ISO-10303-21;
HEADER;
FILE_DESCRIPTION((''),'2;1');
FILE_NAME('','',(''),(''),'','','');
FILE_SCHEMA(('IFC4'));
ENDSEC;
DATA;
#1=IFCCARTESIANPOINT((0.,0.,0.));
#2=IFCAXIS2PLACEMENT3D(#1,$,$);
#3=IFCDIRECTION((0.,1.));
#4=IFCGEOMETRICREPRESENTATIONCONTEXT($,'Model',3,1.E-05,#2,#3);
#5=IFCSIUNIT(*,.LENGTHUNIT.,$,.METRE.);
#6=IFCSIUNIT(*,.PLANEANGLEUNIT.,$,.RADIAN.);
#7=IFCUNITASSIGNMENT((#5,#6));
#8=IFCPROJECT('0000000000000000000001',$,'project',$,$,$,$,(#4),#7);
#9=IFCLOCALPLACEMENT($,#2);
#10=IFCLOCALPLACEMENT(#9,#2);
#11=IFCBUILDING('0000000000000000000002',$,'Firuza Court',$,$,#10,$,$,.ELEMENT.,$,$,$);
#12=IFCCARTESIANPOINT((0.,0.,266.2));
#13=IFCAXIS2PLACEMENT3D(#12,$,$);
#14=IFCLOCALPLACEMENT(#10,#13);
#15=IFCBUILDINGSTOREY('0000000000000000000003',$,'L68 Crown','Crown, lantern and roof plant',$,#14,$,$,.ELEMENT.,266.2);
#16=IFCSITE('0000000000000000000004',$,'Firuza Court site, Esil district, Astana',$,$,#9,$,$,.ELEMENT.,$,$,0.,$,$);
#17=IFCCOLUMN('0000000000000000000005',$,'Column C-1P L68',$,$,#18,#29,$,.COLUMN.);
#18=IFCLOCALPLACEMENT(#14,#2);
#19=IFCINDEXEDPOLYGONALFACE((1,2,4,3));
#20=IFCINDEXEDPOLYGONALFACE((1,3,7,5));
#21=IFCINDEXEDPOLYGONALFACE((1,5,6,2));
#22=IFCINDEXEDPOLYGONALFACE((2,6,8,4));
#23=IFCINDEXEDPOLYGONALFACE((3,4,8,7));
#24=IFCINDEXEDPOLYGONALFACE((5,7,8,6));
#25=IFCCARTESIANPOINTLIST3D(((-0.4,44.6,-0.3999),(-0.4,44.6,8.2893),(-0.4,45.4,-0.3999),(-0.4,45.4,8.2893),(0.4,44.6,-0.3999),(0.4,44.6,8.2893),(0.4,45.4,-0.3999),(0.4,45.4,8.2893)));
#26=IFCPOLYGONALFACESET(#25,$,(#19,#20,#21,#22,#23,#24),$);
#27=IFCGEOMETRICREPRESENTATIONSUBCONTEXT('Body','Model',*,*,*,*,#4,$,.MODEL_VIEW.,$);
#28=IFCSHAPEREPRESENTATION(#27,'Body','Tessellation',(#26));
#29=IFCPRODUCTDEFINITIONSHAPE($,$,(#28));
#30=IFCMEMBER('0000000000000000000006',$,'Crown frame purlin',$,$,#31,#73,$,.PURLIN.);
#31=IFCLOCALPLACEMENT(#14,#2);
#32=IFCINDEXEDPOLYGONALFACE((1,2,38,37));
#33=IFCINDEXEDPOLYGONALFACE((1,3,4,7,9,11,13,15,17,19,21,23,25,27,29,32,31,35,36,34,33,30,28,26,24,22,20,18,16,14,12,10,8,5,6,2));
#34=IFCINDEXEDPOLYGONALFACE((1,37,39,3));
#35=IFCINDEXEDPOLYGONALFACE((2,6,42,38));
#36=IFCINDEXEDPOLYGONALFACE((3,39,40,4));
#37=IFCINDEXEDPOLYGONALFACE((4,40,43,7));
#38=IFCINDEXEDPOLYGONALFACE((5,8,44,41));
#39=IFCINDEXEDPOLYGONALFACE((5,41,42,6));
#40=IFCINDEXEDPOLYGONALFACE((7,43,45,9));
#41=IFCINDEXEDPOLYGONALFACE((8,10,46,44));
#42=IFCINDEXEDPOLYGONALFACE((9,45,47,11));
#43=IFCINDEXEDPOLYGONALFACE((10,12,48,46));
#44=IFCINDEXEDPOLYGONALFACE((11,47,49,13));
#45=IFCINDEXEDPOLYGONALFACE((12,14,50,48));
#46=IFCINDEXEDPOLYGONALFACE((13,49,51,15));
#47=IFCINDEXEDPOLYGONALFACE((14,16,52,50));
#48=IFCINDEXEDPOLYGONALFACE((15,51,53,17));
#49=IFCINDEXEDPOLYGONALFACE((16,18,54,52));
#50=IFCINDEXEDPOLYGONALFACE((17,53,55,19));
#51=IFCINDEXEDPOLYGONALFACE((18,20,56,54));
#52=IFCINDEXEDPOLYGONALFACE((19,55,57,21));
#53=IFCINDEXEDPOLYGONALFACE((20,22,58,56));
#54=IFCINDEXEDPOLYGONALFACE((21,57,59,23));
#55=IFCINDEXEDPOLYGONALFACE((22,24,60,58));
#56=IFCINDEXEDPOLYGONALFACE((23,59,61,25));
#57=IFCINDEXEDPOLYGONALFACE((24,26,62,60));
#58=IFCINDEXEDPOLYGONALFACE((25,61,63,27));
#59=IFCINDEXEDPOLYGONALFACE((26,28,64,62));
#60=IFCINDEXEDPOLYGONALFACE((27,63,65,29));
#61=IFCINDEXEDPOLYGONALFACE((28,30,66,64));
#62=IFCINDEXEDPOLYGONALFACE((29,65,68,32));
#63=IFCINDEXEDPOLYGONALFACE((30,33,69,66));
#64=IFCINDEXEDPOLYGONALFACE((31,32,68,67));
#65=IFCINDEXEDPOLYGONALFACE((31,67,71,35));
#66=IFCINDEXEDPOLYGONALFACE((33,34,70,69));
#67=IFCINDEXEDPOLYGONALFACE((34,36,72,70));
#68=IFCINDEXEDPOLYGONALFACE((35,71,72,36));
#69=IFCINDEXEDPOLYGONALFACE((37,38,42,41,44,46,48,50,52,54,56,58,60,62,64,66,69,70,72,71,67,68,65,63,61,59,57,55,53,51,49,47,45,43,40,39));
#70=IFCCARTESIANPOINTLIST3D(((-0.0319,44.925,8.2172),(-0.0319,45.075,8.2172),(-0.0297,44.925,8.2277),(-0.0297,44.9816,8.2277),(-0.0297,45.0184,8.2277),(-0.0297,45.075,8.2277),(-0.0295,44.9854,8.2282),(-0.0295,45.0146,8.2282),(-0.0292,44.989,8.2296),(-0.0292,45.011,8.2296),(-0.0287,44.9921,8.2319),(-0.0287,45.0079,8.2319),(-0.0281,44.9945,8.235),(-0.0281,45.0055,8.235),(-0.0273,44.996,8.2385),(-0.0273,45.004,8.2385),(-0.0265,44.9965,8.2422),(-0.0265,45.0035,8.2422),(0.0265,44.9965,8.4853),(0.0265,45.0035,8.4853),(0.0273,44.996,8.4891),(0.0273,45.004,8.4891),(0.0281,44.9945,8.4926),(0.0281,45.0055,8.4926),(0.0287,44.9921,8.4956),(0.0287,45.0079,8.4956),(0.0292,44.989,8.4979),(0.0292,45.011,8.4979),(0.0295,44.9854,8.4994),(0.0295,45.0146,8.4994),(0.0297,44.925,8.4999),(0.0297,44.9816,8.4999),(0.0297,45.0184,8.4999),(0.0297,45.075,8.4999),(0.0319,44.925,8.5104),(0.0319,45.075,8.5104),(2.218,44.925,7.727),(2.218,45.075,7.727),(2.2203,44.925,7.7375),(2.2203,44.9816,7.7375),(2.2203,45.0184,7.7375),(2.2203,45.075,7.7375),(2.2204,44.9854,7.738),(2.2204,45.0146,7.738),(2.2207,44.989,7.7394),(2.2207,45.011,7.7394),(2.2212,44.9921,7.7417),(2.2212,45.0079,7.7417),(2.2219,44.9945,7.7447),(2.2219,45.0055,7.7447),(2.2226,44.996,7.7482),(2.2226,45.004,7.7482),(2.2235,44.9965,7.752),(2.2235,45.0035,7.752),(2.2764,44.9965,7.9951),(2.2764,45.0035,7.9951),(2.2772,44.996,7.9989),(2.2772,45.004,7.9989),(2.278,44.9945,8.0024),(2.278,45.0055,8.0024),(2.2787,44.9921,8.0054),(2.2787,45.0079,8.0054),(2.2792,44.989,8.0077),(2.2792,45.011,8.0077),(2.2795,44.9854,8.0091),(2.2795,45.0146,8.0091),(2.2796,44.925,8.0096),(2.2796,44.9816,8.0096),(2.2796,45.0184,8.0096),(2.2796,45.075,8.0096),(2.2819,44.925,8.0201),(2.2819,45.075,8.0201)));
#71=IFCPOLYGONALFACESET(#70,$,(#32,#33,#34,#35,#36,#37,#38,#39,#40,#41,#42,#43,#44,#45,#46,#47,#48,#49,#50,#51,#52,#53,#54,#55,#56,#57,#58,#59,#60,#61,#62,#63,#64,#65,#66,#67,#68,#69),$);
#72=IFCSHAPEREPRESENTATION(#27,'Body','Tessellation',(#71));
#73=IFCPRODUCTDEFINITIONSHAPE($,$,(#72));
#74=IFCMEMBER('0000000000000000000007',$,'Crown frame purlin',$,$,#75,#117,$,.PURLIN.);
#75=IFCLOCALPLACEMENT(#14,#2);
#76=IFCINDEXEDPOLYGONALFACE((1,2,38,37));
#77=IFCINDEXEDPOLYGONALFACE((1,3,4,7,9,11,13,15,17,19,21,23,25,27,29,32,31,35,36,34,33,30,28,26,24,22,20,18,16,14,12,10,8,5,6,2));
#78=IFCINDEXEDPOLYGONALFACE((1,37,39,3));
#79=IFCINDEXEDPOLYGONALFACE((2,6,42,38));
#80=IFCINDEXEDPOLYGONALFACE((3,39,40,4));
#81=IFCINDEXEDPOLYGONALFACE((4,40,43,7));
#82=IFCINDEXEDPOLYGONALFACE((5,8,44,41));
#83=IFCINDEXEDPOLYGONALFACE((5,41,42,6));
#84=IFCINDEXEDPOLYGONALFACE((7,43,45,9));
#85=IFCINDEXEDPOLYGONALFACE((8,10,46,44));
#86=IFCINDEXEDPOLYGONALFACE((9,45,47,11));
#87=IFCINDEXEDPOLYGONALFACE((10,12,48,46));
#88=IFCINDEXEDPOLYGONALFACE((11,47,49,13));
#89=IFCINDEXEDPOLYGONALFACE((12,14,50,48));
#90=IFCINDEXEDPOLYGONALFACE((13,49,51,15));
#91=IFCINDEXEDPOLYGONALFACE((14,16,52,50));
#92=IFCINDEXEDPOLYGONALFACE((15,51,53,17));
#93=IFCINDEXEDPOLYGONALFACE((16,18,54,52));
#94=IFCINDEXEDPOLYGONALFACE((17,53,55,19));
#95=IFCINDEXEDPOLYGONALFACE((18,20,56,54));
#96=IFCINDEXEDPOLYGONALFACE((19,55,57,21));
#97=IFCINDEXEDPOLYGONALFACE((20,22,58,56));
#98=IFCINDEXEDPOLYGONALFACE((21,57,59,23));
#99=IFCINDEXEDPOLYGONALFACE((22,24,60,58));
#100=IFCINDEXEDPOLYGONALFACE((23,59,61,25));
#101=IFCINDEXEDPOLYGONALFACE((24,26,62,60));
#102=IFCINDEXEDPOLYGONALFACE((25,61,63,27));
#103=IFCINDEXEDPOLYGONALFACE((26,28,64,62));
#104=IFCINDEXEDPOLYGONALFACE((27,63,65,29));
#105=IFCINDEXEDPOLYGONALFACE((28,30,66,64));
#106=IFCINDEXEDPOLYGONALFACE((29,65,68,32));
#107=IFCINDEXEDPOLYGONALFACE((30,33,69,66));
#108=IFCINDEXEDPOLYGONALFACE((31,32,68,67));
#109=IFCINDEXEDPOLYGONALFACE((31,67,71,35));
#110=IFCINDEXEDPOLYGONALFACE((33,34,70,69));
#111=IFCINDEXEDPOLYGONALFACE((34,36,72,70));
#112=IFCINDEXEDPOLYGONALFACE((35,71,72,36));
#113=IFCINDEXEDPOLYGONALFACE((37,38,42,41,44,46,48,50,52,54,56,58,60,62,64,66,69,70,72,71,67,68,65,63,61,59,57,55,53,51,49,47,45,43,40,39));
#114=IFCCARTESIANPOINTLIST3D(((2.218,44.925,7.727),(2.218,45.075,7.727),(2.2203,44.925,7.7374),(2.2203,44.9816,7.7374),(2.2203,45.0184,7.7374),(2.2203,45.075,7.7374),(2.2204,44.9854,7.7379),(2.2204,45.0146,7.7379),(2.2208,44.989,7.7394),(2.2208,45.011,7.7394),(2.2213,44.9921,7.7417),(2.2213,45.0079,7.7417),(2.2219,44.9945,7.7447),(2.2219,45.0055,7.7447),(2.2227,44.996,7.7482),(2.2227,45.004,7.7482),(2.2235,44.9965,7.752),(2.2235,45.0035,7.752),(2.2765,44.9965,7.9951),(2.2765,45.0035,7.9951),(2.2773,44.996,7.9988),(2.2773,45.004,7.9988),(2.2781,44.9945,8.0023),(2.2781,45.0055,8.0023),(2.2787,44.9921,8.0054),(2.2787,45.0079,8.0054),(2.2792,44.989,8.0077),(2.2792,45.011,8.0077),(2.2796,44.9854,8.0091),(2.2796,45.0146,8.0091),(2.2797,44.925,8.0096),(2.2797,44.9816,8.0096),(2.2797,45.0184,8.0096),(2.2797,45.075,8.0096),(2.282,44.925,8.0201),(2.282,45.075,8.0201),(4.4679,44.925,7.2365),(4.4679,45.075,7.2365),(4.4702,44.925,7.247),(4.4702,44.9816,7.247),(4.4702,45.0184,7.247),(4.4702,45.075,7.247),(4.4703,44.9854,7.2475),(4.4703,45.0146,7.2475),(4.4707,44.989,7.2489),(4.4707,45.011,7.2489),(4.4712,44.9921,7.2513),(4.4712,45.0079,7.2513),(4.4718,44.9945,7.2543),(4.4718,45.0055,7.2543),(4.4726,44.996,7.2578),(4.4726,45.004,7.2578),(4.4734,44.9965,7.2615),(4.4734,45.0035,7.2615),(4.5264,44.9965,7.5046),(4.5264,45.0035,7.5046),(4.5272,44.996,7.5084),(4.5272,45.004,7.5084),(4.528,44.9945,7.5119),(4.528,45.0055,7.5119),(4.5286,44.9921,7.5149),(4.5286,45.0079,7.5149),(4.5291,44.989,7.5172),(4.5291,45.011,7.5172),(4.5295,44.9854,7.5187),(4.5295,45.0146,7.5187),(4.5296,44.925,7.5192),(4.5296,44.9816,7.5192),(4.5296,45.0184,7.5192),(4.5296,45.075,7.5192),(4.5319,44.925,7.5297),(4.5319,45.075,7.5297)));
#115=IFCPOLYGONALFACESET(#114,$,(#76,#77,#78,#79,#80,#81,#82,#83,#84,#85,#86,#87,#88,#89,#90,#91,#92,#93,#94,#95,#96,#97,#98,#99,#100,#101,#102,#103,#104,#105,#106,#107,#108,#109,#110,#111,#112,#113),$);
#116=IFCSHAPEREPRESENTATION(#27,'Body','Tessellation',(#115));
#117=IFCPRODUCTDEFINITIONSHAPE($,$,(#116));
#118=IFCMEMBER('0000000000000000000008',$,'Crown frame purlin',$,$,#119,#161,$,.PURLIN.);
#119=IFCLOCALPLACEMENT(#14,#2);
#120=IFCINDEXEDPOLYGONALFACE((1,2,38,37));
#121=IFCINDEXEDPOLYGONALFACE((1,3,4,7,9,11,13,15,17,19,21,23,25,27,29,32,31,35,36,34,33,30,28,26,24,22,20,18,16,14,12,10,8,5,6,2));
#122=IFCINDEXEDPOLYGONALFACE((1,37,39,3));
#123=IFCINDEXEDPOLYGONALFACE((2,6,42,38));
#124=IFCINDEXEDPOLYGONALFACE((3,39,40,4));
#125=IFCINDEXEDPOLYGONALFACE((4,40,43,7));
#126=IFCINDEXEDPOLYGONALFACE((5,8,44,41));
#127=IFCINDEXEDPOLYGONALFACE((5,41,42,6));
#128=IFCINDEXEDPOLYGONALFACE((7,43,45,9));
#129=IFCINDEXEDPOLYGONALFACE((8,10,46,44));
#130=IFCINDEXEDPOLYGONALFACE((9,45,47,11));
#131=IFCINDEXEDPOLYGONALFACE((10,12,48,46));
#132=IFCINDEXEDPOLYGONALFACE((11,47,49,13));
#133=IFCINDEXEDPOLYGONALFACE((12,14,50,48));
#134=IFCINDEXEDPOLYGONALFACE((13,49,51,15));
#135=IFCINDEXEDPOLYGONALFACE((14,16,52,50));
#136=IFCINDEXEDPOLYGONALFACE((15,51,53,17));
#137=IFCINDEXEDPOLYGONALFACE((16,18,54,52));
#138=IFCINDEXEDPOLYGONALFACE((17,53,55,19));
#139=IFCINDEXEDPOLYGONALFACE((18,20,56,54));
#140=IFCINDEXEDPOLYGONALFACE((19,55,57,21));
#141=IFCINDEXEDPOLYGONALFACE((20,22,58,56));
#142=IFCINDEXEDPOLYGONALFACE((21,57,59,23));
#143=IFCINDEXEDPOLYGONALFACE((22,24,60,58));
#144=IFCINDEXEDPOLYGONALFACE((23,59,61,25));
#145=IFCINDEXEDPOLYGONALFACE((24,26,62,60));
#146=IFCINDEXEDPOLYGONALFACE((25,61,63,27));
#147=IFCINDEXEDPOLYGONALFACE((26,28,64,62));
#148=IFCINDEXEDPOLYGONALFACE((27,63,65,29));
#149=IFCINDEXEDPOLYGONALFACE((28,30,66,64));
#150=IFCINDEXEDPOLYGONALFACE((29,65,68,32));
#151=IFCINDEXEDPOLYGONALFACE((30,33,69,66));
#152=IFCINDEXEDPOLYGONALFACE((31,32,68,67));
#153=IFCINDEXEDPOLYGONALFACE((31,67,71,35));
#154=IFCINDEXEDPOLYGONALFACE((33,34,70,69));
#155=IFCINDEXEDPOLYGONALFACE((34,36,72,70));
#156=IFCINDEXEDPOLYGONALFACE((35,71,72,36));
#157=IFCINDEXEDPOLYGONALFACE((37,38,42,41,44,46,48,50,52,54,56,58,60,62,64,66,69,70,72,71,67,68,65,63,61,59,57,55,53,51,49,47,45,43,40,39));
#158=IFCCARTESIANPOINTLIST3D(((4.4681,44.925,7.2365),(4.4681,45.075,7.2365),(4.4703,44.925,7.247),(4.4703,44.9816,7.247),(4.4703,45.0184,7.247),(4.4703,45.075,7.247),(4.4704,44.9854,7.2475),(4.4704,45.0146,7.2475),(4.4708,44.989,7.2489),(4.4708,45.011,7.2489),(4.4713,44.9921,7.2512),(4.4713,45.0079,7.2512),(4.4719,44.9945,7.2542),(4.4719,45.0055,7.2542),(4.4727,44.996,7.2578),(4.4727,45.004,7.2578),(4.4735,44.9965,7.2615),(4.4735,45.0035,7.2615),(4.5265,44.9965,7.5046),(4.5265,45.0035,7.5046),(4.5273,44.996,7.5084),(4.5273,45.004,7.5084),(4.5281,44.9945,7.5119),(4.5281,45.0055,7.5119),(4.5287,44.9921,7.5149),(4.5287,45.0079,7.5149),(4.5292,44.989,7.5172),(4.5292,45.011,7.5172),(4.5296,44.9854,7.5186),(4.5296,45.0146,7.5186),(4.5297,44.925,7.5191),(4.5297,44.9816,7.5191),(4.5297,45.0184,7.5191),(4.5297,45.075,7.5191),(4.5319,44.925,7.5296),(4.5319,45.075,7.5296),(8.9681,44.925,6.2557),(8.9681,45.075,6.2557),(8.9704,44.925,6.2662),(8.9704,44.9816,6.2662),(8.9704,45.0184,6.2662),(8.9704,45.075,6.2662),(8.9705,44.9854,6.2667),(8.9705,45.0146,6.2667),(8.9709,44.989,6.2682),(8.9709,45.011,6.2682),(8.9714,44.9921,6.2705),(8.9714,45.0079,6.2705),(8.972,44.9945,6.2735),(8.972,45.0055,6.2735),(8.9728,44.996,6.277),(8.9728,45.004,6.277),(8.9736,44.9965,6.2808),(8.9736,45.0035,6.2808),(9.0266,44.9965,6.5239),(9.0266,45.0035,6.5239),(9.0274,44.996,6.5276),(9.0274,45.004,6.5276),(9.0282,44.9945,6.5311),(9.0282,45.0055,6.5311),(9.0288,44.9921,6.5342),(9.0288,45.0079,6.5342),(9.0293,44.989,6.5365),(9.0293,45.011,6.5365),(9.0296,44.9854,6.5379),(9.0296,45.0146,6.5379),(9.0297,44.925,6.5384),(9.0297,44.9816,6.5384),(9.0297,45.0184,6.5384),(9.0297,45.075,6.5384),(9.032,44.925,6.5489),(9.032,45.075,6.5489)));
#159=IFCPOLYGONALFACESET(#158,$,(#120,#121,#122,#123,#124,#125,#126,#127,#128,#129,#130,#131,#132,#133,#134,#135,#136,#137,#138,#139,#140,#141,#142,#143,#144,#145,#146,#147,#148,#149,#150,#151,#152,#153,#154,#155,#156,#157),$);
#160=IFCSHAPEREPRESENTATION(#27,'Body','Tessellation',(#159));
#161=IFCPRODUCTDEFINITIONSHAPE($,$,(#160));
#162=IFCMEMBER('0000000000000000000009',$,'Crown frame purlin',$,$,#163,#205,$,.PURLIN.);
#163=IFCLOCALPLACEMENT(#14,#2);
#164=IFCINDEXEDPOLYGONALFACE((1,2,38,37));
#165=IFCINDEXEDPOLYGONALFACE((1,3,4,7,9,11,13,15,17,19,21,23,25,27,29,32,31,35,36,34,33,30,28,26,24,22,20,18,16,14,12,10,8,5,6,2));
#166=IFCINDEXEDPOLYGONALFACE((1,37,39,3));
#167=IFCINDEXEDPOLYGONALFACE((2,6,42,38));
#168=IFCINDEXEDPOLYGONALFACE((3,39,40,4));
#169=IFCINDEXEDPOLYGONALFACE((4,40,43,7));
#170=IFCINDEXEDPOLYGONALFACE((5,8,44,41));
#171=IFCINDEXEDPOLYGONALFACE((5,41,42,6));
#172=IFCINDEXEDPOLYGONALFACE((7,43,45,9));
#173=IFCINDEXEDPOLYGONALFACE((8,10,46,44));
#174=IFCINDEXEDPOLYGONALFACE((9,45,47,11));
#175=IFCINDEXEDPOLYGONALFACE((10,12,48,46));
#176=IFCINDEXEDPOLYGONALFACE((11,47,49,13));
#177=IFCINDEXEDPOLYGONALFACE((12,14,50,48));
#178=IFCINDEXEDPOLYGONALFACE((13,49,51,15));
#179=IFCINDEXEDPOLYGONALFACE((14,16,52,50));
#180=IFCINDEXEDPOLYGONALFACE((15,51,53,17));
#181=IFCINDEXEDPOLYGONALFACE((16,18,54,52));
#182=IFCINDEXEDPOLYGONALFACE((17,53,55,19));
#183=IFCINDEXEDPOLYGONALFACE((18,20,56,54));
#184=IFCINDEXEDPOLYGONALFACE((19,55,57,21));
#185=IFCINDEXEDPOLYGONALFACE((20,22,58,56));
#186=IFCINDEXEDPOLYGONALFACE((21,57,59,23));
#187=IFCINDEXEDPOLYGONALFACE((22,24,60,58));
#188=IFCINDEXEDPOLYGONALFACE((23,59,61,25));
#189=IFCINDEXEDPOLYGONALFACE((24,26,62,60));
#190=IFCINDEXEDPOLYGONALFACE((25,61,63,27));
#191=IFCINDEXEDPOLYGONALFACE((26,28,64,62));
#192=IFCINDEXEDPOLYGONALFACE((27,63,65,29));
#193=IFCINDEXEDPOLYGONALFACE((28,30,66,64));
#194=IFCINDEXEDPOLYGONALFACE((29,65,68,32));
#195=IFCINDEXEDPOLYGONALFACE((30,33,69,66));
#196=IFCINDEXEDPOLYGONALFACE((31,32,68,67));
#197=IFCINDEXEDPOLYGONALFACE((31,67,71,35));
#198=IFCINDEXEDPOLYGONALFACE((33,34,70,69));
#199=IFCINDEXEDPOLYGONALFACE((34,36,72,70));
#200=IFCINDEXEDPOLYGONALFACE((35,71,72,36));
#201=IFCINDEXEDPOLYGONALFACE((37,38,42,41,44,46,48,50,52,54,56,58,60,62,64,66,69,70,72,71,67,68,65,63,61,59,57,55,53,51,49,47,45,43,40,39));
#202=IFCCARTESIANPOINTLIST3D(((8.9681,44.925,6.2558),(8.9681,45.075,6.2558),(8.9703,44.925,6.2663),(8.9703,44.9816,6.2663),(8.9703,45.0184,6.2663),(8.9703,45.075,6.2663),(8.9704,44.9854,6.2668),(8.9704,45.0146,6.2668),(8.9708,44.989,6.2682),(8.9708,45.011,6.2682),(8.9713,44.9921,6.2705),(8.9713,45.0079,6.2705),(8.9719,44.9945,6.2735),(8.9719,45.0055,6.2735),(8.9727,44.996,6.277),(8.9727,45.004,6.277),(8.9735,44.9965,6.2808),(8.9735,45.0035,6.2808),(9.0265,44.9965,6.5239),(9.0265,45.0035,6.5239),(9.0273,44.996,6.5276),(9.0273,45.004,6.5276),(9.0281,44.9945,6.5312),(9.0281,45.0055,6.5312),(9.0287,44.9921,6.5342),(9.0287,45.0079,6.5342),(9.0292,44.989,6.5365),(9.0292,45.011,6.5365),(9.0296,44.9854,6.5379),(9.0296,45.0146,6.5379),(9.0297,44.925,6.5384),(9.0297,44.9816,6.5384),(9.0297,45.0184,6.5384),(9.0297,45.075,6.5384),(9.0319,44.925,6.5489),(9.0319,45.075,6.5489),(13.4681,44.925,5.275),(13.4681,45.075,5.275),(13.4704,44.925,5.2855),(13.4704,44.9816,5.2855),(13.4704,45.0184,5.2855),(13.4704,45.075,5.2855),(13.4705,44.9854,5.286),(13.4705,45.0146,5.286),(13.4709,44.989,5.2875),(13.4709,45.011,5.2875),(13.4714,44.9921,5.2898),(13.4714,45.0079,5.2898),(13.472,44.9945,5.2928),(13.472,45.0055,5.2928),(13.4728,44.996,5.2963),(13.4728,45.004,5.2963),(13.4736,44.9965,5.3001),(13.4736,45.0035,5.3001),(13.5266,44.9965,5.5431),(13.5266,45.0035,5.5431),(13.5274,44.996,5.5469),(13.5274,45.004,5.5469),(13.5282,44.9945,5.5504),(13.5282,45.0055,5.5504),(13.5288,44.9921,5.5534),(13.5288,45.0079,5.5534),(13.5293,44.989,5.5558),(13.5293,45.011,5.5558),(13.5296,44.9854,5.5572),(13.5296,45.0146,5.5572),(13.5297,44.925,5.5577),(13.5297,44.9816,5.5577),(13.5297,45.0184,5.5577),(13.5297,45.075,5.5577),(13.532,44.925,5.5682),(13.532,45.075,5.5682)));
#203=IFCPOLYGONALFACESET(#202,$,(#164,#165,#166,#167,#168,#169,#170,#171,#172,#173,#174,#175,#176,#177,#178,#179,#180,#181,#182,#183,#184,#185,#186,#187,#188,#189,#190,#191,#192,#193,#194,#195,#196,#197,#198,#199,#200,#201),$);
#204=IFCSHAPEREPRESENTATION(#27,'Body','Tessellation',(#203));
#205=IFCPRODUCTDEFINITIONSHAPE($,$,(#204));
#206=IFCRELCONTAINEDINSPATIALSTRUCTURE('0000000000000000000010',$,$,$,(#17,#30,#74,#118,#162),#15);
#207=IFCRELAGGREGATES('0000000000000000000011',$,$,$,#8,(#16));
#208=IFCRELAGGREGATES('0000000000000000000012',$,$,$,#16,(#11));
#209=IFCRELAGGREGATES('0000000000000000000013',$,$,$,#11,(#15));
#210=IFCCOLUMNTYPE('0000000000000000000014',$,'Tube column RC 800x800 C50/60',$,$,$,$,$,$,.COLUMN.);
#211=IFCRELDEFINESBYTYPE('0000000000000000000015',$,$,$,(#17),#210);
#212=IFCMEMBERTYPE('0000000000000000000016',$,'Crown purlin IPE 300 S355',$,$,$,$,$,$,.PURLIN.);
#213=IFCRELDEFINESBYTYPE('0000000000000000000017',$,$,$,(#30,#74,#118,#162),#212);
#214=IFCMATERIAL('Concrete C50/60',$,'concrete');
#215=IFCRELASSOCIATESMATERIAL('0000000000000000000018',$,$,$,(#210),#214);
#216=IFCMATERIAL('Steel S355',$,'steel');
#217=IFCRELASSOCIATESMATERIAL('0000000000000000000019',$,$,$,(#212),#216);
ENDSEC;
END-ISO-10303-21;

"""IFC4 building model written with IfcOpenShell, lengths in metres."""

from ifc_helpers import new_model, si_unit, direction, frame, origin, origin_2d, place, context, subcontext, project, spatial, rectangle, i_section, extrude, material, material_profile, profile_set, type_object, element, save


model = new_model("IFC4")

# Units and contexts
model_context = context("Model", 3, precision=1e-05, world=origin(), true_north=direction((0.0, 1.0)))
body_context = subcontext(model_context, "Body", "Model", "MODEL_VIEW")
ifc_project = project(units=[si_unit("LENGTHUNIT", "METRE"), si_unit("PLANEANGLEUNIT", "RADIAN")], contexts=[model_context])

# Site, building, storey
site_placement = place(None, origin())
site = spatial("IfcSite", under=ifc_project, at=site_placement, Name="Firuza Court site, Esil district, Astana", CompositionType="ELEMENT", RefElevation=0.0)
building_placement = place(site_placement, origin())
building = spatial("IfcBuilding", under=site, at=building_placement, Name="Firuza Court", CompositionType="ELEMENT")
storey_placement = place(building_placement, frame((0.0, 0.0, 266.2)))
storey = spatial("IfcBuildingStorey", under=building, at=storey_placement, Name="L68 Crown", Description="Crown, lantern and roof plant", CompositionType="ELEMENT", Elevation=266.2)

# Column
ifc_material_1 = material(Name="Concrete C50/60", Category="concrete")
ifc_material_profile_1 = material_profile(ifc_material_1, rectangle(XDim=0.8, YDim=0.8, at=origin_2d()), Name="RC 800x800")
ifc_profile_set_1 = profile_set([ifc_material_profile_1], Name="Concrete C50/60")
column_type = type_object("IfcColumnType", Name="Tube column RC 800x800 C50/60", PredefinedType="COLUMN", material=ifc_profile_set_1)
column_placement = place(storey_placement, frame((0.0, 45.0, -0.3999), z_axis=(0.0, 0.0, 1.0), x_axis=(1.0, 0.0, 0.0)))
element("IfcColumn", 1, at=column_placement, inside=storey, type_object=column_type, Name="Column C-1P L68", PredefinedType="COLUMN", context=body_context, shape_type="SweptSolid", body=[
    extrude(rectangle(XDim=0.8, YDim=0.8, at=origin_2d()), origin(), (0.0, 0.0, 1.0), 8.6892),
])

# Members
ifc_material_2 = material(Name="Steel S355", Category="steel")
ifc_material_profile_2 = material_profile(ifc_material_2, i_section(OverallWidth=0.1499, OverallDepth=0.3, WebThickness=0.0071, FlangeThickness=0.0107, FilletRadius=0.0149, at=origin_2d()), Name="IPE 300")
ifc_profile_set_2 = profile_set([ifc_material_profile_2], Name="Steel S355")
member_type_1 = type_object("IfcMemberType", Name="Crown purlin IPE 300 S355", PredefinedType="PURLIN", material=ifc_profile_set_2)
for number, where, z_axis, x_axis, name in (
    (2, (0.0, 45.0, 8.3638), (0.977077, 0.0, -0.212887), (0.0, 1.0, 0.0), "Crown frame purlin"),
    (3, (2.25, 45.0, 7.8735), (0.977055, 0.0, -0.212989), (0.0, 1.0, 0.0), "Crown frame purlin"),
):
    element("IfcMember", number, at=place(storey_placement, frame(where, z_axis=z_axis, x_axis=x_axis)), inside=storey, type_object=member_type_1, Name=name, PredefinedType="PURLIN", context=body_context, shape_type="SweptSolid", body=[
        extrude(i_section(OverallWidth=0.1499, OverallDepth=0.3, WebThickness=0.0071, FlangeThickness=0.0107, FilletRadius=0.0149, at=origin_2d()), origin(), (0.0, 0.0, 1.0), 2.3027),
    ])
for number, where, z_axis, x_axis, name in (
    (4, (4.5, 45.0, 7.3831), (0.977066, 0.0, -0.212938), (0.0, 1.0, 0.0), "Crown frame purlin"),
    (5, (9.0, 45.0, 6.4023), (0.977066, 0.0, -0.212938), (0.0, 1.0, 0.0), "Crown frame purlin"),
):
    element("IfcMember", number, at=place(storey_placement, frame(where, z_axis=z_axis, x_axis=x_axis)), inside=storey, type_object=member_type_1, Name=name, PredefinedType="PURLIN", context=body_context, shape_type="SweptSolid", body=[
        extrude(i_section(OverallWidth=0.1499, OverallDepth=0.3, WebThickness=0.0071, FlangeThickness=0.0107, FilletRadius=0.0149, at=origin_2d()), origin(), (0.0, 0.0, 1.0), 4.6057),
    ])

save(model, "model.ifc")
